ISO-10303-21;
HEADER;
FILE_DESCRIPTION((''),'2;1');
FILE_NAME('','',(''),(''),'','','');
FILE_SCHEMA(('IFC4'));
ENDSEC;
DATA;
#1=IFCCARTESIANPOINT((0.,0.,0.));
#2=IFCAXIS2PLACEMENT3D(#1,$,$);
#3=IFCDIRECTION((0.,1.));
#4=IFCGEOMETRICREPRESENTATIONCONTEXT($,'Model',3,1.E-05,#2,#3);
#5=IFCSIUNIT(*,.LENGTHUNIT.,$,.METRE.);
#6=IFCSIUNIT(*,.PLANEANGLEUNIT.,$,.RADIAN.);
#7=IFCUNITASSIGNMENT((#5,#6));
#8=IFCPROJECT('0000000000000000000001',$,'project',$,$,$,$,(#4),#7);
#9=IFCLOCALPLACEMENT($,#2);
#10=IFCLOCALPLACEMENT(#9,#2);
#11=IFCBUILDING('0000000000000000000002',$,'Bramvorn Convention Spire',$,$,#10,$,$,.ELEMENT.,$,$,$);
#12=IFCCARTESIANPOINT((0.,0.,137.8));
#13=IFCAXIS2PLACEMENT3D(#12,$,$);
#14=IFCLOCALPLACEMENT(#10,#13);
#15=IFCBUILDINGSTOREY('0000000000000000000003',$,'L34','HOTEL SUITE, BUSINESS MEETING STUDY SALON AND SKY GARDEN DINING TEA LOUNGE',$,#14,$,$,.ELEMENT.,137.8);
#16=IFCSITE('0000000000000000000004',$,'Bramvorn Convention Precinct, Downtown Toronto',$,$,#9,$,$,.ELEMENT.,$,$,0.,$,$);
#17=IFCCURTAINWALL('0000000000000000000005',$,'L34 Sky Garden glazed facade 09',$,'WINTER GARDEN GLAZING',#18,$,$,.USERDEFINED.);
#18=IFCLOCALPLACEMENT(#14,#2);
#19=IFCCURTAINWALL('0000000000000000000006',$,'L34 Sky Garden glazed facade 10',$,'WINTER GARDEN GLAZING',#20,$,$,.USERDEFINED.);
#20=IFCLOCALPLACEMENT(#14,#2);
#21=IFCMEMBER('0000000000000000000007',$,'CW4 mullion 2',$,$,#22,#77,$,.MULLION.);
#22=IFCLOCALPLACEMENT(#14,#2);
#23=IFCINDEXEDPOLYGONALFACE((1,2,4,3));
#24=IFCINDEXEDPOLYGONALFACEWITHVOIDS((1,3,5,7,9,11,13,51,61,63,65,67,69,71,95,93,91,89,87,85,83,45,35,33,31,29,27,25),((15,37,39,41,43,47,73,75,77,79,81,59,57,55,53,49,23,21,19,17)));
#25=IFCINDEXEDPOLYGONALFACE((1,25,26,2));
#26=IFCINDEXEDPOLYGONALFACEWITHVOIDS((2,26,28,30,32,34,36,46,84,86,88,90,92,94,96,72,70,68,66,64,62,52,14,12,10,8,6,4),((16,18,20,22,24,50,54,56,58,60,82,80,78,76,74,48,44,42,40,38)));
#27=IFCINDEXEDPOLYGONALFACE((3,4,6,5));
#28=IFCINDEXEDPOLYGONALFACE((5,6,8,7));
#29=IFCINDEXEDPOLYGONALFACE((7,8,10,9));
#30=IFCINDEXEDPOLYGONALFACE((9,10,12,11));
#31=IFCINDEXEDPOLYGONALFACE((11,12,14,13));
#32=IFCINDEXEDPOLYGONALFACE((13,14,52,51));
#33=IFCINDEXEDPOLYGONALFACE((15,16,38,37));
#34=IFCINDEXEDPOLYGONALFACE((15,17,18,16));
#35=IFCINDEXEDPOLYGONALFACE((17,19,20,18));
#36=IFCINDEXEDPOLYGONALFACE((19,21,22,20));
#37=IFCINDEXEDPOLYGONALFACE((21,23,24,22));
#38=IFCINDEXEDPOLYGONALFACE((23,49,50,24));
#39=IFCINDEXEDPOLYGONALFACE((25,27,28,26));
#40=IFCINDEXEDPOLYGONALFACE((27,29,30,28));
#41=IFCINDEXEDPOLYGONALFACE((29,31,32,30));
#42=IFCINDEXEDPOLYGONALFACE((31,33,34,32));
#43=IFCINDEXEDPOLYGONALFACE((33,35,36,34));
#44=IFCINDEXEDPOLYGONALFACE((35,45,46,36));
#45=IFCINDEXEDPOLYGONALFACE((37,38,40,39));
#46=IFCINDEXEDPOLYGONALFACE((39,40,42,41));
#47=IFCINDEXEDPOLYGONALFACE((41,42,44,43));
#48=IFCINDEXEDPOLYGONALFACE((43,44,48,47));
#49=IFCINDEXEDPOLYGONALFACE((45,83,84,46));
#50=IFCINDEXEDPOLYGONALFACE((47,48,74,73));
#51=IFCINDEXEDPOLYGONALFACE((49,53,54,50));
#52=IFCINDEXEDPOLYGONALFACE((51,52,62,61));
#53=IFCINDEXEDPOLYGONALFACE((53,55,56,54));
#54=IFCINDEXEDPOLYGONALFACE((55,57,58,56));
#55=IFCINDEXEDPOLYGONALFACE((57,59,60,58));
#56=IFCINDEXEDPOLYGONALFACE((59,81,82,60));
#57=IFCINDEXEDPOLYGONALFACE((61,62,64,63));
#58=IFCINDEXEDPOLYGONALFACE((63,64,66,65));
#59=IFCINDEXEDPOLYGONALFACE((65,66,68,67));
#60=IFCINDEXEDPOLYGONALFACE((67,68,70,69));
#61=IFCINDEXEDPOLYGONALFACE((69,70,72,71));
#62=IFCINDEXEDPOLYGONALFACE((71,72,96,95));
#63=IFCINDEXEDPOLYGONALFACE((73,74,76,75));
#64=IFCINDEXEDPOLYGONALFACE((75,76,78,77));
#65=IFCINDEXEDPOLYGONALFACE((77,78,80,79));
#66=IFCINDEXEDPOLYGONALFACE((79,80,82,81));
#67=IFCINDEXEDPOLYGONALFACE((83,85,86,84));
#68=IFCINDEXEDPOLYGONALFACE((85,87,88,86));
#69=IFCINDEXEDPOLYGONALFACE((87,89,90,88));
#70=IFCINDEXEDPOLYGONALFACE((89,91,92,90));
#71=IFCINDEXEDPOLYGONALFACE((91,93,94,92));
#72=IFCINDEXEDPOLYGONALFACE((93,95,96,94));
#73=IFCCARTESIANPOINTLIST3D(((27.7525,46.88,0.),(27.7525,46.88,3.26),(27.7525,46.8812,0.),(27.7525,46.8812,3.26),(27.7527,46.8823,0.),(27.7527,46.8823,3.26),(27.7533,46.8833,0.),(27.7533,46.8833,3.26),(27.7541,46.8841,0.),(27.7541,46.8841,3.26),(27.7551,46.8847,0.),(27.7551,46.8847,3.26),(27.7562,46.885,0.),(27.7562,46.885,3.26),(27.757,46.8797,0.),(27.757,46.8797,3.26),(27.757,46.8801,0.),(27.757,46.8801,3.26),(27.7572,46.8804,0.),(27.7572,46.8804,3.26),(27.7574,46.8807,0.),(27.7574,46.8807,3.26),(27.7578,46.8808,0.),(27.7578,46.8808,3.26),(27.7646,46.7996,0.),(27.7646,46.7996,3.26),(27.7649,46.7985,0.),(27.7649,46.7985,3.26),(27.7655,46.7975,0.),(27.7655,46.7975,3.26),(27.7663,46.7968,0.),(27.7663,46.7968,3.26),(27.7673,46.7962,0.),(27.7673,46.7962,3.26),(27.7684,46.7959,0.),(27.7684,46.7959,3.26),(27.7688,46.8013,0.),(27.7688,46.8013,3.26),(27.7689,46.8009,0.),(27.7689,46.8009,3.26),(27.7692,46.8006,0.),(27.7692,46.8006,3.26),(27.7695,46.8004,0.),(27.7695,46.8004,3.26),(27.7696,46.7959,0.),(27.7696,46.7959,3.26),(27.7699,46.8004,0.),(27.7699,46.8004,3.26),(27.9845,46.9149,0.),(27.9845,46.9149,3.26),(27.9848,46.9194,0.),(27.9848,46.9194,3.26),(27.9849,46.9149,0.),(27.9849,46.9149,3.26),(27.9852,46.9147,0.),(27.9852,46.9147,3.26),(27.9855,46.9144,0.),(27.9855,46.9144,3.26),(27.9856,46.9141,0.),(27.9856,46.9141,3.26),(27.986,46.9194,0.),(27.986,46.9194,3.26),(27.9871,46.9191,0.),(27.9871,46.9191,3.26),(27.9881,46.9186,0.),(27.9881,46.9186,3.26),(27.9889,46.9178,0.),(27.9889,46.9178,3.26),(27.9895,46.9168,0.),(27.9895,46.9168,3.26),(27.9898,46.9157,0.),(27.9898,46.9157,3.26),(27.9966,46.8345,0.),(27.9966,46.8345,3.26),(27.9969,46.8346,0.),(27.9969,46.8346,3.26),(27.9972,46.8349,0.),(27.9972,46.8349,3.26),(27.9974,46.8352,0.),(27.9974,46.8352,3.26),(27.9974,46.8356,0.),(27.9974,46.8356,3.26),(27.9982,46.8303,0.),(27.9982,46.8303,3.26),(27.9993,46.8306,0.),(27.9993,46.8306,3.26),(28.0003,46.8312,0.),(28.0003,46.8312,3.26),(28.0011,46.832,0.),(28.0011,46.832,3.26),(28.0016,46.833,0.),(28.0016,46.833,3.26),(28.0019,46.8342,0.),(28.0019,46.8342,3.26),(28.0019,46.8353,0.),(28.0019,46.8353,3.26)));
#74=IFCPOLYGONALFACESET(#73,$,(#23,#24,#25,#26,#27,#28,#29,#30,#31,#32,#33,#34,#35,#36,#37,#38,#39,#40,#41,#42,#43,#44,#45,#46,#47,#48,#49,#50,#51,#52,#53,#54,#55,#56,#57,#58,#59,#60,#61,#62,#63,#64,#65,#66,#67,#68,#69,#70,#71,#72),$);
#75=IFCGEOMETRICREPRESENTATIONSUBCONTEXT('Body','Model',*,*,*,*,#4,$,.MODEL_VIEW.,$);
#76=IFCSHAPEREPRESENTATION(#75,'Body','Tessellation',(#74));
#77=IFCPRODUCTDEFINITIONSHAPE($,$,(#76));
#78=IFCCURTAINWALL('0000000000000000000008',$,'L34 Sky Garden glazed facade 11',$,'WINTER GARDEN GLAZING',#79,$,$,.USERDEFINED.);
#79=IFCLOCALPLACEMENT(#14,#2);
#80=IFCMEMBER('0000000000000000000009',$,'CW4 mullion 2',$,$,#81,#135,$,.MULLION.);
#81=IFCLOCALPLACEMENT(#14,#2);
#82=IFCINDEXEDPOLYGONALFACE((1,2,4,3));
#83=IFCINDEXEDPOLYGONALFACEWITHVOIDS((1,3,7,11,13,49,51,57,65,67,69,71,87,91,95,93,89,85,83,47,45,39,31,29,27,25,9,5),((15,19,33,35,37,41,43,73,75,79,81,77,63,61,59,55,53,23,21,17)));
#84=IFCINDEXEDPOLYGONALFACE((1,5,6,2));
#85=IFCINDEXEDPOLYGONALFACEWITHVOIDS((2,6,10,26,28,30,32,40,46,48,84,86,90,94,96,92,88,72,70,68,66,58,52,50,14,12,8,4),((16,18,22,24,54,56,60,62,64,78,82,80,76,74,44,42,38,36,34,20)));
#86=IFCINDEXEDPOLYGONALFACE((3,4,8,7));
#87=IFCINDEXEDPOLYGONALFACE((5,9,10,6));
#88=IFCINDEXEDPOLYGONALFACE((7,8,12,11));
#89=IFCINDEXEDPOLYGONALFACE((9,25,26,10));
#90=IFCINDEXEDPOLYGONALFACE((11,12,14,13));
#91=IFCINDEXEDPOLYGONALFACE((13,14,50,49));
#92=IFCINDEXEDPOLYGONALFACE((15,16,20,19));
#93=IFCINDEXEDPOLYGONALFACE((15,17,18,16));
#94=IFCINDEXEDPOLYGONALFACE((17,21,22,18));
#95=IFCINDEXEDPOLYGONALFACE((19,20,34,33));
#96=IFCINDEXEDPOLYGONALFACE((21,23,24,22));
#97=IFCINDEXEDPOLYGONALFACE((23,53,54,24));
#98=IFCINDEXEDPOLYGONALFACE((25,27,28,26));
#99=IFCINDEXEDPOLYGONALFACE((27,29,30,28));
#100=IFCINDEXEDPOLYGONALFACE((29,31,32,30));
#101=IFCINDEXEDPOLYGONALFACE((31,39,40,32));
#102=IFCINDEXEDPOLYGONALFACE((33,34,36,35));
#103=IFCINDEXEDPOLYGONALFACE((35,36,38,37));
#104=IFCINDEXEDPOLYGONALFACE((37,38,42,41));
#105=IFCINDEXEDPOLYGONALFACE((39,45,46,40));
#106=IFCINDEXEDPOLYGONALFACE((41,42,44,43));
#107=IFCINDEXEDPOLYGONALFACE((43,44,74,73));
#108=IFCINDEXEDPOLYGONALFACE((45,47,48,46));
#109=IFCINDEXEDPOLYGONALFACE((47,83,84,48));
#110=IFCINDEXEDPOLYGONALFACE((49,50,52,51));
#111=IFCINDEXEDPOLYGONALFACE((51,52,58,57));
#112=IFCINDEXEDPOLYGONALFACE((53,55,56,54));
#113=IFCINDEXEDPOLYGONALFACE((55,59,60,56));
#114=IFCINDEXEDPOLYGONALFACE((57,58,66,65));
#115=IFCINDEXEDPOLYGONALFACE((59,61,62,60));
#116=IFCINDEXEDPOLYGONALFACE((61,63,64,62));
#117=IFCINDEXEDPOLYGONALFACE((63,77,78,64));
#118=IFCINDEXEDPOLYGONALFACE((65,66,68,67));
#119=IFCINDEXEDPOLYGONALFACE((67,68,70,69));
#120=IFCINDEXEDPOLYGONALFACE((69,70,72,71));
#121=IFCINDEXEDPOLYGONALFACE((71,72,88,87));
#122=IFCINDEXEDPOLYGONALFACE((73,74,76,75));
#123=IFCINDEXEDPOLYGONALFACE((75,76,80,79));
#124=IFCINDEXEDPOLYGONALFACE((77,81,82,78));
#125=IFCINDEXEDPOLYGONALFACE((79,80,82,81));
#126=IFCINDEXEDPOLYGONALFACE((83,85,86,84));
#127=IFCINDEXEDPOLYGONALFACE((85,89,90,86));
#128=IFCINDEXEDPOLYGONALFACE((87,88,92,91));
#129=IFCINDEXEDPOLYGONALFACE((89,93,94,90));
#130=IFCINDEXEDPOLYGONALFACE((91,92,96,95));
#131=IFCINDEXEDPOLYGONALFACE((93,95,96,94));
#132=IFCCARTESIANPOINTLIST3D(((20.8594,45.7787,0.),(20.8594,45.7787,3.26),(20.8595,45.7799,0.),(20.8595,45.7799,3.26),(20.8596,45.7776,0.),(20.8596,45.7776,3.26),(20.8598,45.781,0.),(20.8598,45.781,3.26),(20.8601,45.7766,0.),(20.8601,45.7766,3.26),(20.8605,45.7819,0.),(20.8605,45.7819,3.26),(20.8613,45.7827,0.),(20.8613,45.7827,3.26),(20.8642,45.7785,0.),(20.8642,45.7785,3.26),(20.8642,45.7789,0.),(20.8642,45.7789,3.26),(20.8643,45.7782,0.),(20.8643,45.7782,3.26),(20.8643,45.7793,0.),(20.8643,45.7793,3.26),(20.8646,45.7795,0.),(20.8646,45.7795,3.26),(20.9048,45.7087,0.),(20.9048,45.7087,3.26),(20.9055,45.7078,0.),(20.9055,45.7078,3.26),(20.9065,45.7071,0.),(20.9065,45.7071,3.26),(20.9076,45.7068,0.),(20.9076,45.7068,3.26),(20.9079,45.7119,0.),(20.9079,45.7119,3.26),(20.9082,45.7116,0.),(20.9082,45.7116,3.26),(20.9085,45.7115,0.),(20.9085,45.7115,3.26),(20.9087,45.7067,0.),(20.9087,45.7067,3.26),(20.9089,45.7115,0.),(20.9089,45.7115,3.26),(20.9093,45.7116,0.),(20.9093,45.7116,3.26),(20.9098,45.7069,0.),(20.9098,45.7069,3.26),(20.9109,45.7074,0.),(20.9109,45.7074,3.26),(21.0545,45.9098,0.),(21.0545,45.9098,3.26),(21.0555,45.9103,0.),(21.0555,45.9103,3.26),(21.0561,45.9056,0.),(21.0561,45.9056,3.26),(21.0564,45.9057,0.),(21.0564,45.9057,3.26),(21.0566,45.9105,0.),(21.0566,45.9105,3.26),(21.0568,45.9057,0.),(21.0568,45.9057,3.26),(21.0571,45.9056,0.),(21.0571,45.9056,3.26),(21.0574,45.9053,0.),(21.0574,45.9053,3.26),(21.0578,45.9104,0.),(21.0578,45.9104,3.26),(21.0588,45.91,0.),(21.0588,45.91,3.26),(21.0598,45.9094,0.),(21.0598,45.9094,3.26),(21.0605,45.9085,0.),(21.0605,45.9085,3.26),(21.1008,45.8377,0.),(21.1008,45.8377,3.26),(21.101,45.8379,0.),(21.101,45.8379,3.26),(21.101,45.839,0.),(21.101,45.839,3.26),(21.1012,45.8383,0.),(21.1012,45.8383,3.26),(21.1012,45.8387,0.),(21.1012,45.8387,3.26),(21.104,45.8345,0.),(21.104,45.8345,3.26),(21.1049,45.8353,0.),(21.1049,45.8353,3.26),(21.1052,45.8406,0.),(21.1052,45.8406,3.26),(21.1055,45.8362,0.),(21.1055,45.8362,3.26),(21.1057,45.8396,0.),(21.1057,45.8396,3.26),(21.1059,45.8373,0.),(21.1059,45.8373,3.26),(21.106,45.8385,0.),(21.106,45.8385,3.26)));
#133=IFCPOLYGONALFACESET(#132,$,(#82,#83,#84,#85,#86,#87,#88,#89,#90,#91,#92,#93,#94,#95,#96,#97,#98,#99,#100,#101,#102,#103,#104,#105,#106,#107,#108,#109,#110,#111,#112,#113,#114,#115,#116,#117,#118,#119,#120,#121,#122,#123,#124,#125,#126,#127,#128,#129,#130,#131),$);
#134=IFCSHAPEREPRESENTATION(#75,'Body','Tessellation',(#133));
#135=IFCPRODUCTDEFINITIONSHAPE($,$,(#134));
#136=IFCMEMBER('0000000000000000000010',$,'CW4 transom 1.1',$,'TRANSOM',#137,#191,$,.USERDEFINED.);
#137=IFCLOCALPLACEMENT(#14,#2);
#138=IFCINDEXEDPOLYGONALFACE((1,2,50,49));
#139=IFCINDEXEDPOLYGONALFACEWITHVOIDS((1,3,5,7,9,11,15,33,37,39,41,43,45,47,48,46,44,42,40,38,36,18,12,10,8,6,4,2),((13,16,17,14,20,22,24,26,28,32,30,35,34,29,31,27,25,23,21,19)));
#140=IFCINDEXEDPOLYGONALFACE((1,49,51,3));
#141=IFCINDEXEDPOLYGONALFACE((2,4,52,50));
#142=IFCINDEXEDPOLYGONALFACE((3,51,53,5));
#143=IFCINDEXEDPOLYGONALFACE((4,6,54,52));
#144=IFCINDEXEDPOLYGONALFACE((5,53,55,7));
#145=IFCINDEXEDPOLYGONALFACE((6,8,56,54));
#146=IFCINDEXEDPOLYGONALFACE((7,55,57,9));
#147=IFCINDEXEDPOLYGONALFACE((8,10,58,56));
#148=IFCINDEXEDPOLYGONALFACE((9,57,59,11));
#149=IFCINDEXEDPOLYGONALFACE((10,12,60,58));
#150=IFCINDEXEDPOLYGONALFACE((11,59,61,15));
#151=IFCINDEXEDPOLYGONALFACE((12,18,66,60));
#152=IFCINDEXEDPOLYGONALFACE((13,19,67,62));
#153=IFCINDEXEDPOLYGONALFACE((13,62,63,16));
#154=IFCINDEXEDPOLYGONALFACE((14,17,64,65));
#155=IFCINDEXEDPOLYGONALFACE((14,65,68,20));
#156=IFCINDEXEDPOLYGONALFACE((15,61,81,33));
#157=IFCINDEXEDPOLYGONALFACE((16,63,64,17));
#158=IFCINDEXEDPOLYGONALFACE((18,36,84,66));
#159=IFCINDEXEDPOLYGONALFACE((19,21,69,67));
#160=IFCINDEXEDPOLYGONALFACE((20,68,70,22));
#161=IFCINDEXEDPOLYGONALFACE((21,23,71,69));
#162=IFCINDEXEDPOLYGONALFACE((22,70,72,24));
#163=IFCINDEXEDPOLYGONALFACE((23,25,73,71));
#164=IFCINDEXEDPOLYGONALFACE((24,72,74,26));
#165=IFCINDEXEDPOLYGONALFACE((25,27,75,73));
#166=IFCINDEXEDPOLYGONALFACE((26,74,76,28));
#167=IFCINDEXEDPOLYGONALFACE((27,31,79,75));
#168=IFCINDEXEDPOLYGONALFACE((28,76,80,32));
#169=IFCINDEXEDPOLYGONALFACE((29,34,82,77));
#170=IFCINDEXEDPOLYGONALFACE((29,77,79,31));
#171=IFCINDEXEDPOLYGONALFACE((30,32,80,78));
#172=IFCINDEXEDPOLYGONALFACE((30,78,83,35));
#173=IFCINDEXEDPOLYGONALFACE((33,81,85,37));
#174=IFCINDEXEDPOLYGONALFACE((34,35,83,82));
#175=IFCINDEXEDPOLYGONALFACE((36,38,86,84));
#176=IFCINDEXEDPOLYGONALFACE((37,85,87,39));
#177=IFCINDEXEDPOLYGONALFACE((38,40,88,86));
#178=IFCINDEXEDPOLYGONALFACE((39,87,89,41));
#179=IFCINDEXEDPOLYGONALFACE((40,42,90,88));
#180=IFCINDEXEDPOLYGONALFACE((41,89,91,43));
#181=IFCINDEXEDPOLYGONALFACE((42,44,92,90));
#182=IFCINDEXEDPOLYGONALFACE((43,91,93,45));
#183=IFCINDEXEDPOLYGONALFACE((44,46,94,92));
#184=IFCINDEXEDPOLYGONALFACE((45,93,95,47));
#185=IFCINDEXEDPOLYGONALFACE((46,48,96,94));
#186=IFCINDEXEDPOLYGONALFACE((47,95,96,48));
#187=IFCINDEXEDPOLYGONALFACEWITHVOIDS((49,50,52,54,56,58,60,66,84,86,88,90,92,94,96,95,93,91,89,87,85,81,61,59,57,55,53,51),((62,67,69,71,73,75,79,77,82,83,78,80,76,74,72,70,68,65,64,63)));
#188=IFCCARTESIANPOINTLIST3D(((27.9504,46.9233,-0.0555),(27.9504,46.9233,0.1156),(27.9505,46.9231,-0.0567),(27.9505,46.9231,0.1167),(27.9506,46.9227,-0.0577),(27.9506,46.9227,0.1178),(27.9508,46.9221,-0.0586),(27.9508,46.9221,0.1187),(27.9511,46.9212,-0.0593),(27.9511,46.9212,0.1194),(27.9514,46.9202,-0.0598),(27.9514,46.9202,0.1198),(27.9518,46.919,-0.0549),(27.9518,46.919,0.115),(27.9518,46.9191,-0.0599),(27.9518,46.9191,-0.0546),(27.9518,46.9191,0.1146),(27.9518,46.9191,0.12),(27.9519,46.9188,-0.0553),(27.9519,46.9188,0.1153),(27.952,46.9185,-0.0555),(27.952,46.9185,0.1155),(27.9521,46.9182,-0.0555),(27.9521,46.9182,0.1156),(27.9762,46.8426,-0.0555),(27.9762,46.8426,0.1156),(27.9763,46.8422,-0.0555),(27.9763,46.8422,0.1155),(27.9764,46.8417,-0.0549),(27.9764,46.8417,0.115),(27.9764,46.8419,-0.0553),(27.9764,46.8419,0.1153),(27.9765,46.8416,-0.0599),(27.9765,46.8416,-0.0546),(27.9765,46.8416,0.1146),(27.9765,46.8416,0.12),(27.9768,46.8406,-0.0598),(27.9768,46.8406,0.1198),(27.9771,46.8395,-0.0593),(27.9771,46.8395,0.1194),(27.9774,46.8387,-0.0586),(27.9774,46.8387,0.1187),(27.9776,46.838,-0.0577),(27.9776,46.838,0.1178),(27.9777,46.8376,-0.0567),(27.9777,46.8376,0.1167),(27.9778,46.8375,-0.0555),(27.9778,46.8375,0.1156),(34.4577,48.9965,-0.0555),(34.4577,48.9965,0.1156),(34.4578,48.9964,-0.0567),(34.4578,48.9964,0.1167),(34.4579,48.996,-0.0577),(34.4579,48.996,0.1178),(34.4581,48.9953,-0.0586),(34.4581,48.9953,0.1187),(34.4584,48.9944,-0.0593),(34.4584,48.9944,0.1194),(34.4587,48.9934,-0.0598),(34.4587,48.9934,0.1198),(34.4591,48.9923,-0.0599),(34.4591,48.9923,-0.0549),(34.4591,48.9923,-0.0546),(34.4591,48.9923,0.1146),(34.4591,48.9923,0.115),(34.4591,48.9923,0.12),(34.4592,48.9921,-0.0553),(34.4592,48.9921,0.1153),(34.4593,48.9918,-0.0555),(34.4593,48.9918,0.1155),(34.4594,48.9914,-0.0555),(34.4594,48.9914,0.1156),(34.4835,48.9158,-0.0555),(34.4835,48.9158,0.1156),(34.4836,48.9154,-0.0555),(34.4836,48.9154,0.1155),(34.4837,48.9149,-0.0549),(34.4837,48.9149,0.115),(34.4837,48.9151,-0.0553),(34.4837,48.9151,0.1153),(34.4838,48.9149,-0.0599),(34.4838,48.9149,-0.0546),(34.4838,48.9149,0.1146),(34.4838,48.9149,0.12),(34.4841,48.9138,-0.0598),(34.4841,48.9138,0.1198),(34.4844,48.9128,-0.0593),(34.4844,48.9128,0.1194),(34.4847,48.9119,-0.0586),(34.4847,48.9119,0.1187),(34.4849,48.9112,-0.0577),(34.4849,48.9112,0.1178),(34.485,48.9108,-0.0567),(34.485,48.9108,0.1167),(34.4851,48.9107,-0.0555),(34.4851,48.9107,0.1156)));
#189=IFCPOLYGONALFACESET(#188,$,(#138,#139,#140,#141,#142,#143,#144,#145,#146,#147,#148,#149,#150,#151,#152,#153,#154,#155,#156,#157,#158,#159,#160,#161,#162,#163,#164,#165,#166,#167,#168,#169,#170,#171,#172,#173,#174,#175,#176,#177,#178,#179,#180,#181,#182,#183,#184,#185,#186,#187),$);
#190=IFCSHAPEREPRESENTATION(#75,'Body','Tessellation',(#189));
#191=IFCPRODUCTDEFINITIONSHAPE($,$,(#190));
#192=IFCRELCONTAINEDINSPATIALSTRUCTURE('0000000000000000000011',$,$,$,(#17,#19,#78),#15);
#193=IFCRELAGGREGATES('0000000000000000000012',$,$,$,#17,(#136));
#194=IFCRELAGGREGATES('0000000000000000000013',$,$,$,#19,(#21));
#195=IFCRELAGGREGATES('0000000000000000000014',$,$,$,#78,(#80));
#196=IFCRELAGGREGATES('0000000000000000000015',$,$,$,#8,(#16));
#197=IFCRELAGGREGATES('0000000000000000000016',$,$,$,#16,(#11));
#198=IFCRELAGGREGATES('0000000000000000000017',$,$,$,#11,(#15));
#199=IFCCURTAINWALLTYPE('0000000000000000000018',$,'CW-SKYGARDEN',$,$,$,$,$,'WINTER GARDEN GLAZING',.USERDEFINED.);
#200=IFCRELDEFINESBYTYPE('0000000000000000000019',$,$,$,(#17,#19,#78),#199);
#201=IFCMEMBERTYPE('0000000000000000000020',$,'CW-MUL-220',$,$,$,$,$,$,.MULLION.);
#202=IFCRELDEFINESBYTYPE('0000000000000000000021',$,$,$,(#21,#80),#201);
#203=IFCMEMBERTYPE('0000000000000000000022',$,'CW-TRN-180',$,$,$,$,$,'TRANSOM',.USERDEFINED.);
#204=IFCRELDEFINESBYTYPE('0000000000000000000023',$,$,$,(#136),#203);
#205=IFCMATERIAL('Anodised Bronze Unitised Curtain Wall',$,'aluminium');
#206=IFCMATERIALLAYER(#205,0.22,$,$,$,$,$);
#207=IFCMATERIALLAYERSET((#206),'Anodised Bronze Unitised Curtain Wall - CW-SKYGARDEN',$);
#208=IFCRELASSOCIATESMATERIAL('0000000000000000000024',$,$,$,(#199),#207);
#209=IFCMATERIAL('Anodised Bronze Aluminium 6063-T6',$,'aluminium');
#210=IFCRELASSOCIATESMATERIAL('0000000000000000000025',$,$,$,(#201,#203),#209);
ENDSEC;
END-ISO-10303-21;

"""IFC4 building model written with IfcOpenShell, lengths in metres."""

from ifc_helpers import new_model, si_unit, direction, frame, origin, origin_2d, place, context, subcontext, project, spatial, hollow_rectangle, extrude, material, layer, layer_set, material_profile, profile_set, type_object, element, aggregate, save


model = new_model("IFC4")

# Units and contexts
model_context = context("Model", 3, precision=1e-05, world=origin(), true_north=direction((0.0, 1.0)))
body_context = subcontext(model_context, "Body", "Model", "MODEL_VIEW")
ifc_project = project(units=[si_unit("LENGTHUNIT", "METRE"), si_unit("PLANEANGLEUNIT", "RADIAN")], contexts=[model_context])

# Site, building, storey
site_placement = place(None, origin())
site = spatial("IfcSite", under=ifc_project, at=site_placement, Name="Bramvorn Convention Precinct, Downtown Toronto", CompositionType="ELEMENT", RefElevation=0.0)
building_placement = place(site_placement, origin())
building = spatial("IfcBuilding", under=site, at=building_placement, Name="Bramvorn Convention Spire", CompositionType="ELEMENT")
storey_placement = place(building_placement, frame((0.0, 0.0, 137.8)))
storey = spatial("IfcBuildingStorey", under=building, at=storey_placement, Name="L34", Description="HOTEL SUITE, BUSINESS MEETING STUDY SALON AND SKY GARDEN DINING TEA LOUNGE", CompositionType="ELEMENT", Elevation=137.8)

# Curtain wall
ifc_material_1 = material(Name="Anodised Bronze Unitised Curtain Wall", Category="aluminium")
ifc_layer_1 = layer(ifc_material_1, 0.22)
ifc_layer_set_1 = layer_set([ifc_layer_1], Name="Anodised Bronze Unitised Curtain Wall - CW-SKYGARDEN")
curtain_wall_type = type_object("IfcCurtainWallType", Name="CW-SKYGARDEN", ElementType="WINTER GARDEN GLAZING", PredefinedType="USERDEFINED", material=ifc_layer_set_1)
curtain_wall_1_placement = place(storey_placement, origin())
curtain_wall_1 = element("IfcCurtainWall", 1, at=curtain_wall_1_placement, inside=storey, type_object=curtain_wall_type, Name="L34 Sky Garden glazed facade 09", ObjectType="WINTER GARDEN GLAZING", PredefinedType="USERDEFINED")
ifc_material_2 = material(Name="Anodised Bronze Aluminium 6063-T6", Category="aluminium")
ifc_material_profile_1 = material_profile(ifc_material_2, hollow_rectangle(XDim=0.0901, YDim=0.24, WallThickness=0.0044, InnerFilletRadius=0.001, OuterFilletRadius=0.0044, at=origin_2d()))
ifc_profile_set_1 = profile_set([ifc_material_profile_1], Name="Anodised Bronze Aluminium 6063-T6 - CWM90X240")
member_type_1 = type_object("IfcMemberType", Name="CW-MUL-220", PredefinedType="MULLION", material=ifc_profile_set_1)

# Curtain wall, member
curtain_wall_2_placement = place(storey_placement, origin())
curtain_wall_2 = element("IfcCurtainWall", 2, at=curtain_wall_2_placement, inside=storey, type_object=curtain_wall_type, Name="L34 Sky Garden glazed facade 10", ObjectType="WINTER GARDEN GLAZING", PredefinedType="USERDEFINED")
member_1_placement = place(storey_placement, frame((27.8772, 46.8577, 0.0), z_axis=(0.0, 0.0, 1.0), x_axis=(-0.14864, 0.988891, 0.0)))
member_1 = element("IfcMember", 3, at=member_1_placement, type_object=member_type_1, Name="CW4 mullion 2", PredefinedType="MULLION", context=body_context, shape_type="SweptSolid", body=[
    extrude(hollow_rectangle(XDim=0.0901, YDim=0.24, WallThickness=0.0044, InnerFilletRadius=0.001, OuterFilletRadius=0.0044, at=origin_2d()), origin(), (0.0, 0.0, 1.0), 3.26),
])

# Curtain wall, member
curtain_wall_3_placement = place(storey_placement, origin())
curtain_wall_3 = element("IfcCurtainWall", 4, at=curtain_wall_3_placement, inside=storey, type_object=curtain_wall_type, Name="L34 Sky Garden glazed facade 11", ObjectType="WINTER GARDEN GLAZING", PredefinedType="USERDEFINED")
member_2_placement = place(storey_placement, frame((20.9827, 45.8086, 0.0), z_axis=(0.0, 0.0, 1.0), x_axis=(-0.54986, 0.835257, 0.0)))
member_2 = element("IfcMember", 5, at=member_2_placement, type_object=member_type_1, Name="CW4 mullion 2", PredefinedType="MULLION", context=body_context, shape_type="SweptSolid", body=[
    extrude(hollow_rectangle(XDim=0.0901, YDim=0.24, WallThickness=0.0044, InnerFilletRadius=0.001, OuterFilletRadius=0.0044, at=origin_2d()), origin(), (0.0, 0.0, 1.0), 3.26),
])

# Member
ifc_material_profile_2 = material_profile(ifc_material_2, hollow_rectangle(XDim=0.0901, YDim=0.1799, WallThickness=0.0044, InnerFilletRadius=0.001, OuterFilletRadius=0.0044, at=origin_2d()))
ifc_profile_set_2 = profile_set([ifc_material_profile_2], Name="Anodised Bronze Aluminium 6063-T6 - CWT90X180")
member_type_2 = type_object("IfcMemberType", Name="CW-TRN-180", ElementType="TRANSOM", PredefinedType="USERDEFINED", material=ifc_profile_set_2)
member_3_placement = place(storey_placement, frame((27.9641, 46.8804, 0.03), z_axis=(0.95281, 0.303567, 0.0), x_axis=(-0.303567, 0.95281, 0.0)))
member_3 = element("IfcMember", 6, at=member_3_placement, type_object=member_type_2, Name="CW4 transom 1.1", ObjectType="TRANSOM", PredefinedType="USERDEFINED", context=body_context, shape_type="SweptSolid", body=[
    extrude(hollow_rectangle(XDim=0.0901, YDim=0.1799, WallThickness=0.0044, InnerFilletRadius=0.001, OuterFilletRadius=0.0044, at=origin_2d()), origin(), (0.0, 0.0, 1.0), 6.8296),
])

aggregate(curtain_wall_1, [member_3])
aggregate(curtain_wall_2, [member_1])
aggregate(curtain_wall_3, [member_2])

save(model, "model.ifc")
